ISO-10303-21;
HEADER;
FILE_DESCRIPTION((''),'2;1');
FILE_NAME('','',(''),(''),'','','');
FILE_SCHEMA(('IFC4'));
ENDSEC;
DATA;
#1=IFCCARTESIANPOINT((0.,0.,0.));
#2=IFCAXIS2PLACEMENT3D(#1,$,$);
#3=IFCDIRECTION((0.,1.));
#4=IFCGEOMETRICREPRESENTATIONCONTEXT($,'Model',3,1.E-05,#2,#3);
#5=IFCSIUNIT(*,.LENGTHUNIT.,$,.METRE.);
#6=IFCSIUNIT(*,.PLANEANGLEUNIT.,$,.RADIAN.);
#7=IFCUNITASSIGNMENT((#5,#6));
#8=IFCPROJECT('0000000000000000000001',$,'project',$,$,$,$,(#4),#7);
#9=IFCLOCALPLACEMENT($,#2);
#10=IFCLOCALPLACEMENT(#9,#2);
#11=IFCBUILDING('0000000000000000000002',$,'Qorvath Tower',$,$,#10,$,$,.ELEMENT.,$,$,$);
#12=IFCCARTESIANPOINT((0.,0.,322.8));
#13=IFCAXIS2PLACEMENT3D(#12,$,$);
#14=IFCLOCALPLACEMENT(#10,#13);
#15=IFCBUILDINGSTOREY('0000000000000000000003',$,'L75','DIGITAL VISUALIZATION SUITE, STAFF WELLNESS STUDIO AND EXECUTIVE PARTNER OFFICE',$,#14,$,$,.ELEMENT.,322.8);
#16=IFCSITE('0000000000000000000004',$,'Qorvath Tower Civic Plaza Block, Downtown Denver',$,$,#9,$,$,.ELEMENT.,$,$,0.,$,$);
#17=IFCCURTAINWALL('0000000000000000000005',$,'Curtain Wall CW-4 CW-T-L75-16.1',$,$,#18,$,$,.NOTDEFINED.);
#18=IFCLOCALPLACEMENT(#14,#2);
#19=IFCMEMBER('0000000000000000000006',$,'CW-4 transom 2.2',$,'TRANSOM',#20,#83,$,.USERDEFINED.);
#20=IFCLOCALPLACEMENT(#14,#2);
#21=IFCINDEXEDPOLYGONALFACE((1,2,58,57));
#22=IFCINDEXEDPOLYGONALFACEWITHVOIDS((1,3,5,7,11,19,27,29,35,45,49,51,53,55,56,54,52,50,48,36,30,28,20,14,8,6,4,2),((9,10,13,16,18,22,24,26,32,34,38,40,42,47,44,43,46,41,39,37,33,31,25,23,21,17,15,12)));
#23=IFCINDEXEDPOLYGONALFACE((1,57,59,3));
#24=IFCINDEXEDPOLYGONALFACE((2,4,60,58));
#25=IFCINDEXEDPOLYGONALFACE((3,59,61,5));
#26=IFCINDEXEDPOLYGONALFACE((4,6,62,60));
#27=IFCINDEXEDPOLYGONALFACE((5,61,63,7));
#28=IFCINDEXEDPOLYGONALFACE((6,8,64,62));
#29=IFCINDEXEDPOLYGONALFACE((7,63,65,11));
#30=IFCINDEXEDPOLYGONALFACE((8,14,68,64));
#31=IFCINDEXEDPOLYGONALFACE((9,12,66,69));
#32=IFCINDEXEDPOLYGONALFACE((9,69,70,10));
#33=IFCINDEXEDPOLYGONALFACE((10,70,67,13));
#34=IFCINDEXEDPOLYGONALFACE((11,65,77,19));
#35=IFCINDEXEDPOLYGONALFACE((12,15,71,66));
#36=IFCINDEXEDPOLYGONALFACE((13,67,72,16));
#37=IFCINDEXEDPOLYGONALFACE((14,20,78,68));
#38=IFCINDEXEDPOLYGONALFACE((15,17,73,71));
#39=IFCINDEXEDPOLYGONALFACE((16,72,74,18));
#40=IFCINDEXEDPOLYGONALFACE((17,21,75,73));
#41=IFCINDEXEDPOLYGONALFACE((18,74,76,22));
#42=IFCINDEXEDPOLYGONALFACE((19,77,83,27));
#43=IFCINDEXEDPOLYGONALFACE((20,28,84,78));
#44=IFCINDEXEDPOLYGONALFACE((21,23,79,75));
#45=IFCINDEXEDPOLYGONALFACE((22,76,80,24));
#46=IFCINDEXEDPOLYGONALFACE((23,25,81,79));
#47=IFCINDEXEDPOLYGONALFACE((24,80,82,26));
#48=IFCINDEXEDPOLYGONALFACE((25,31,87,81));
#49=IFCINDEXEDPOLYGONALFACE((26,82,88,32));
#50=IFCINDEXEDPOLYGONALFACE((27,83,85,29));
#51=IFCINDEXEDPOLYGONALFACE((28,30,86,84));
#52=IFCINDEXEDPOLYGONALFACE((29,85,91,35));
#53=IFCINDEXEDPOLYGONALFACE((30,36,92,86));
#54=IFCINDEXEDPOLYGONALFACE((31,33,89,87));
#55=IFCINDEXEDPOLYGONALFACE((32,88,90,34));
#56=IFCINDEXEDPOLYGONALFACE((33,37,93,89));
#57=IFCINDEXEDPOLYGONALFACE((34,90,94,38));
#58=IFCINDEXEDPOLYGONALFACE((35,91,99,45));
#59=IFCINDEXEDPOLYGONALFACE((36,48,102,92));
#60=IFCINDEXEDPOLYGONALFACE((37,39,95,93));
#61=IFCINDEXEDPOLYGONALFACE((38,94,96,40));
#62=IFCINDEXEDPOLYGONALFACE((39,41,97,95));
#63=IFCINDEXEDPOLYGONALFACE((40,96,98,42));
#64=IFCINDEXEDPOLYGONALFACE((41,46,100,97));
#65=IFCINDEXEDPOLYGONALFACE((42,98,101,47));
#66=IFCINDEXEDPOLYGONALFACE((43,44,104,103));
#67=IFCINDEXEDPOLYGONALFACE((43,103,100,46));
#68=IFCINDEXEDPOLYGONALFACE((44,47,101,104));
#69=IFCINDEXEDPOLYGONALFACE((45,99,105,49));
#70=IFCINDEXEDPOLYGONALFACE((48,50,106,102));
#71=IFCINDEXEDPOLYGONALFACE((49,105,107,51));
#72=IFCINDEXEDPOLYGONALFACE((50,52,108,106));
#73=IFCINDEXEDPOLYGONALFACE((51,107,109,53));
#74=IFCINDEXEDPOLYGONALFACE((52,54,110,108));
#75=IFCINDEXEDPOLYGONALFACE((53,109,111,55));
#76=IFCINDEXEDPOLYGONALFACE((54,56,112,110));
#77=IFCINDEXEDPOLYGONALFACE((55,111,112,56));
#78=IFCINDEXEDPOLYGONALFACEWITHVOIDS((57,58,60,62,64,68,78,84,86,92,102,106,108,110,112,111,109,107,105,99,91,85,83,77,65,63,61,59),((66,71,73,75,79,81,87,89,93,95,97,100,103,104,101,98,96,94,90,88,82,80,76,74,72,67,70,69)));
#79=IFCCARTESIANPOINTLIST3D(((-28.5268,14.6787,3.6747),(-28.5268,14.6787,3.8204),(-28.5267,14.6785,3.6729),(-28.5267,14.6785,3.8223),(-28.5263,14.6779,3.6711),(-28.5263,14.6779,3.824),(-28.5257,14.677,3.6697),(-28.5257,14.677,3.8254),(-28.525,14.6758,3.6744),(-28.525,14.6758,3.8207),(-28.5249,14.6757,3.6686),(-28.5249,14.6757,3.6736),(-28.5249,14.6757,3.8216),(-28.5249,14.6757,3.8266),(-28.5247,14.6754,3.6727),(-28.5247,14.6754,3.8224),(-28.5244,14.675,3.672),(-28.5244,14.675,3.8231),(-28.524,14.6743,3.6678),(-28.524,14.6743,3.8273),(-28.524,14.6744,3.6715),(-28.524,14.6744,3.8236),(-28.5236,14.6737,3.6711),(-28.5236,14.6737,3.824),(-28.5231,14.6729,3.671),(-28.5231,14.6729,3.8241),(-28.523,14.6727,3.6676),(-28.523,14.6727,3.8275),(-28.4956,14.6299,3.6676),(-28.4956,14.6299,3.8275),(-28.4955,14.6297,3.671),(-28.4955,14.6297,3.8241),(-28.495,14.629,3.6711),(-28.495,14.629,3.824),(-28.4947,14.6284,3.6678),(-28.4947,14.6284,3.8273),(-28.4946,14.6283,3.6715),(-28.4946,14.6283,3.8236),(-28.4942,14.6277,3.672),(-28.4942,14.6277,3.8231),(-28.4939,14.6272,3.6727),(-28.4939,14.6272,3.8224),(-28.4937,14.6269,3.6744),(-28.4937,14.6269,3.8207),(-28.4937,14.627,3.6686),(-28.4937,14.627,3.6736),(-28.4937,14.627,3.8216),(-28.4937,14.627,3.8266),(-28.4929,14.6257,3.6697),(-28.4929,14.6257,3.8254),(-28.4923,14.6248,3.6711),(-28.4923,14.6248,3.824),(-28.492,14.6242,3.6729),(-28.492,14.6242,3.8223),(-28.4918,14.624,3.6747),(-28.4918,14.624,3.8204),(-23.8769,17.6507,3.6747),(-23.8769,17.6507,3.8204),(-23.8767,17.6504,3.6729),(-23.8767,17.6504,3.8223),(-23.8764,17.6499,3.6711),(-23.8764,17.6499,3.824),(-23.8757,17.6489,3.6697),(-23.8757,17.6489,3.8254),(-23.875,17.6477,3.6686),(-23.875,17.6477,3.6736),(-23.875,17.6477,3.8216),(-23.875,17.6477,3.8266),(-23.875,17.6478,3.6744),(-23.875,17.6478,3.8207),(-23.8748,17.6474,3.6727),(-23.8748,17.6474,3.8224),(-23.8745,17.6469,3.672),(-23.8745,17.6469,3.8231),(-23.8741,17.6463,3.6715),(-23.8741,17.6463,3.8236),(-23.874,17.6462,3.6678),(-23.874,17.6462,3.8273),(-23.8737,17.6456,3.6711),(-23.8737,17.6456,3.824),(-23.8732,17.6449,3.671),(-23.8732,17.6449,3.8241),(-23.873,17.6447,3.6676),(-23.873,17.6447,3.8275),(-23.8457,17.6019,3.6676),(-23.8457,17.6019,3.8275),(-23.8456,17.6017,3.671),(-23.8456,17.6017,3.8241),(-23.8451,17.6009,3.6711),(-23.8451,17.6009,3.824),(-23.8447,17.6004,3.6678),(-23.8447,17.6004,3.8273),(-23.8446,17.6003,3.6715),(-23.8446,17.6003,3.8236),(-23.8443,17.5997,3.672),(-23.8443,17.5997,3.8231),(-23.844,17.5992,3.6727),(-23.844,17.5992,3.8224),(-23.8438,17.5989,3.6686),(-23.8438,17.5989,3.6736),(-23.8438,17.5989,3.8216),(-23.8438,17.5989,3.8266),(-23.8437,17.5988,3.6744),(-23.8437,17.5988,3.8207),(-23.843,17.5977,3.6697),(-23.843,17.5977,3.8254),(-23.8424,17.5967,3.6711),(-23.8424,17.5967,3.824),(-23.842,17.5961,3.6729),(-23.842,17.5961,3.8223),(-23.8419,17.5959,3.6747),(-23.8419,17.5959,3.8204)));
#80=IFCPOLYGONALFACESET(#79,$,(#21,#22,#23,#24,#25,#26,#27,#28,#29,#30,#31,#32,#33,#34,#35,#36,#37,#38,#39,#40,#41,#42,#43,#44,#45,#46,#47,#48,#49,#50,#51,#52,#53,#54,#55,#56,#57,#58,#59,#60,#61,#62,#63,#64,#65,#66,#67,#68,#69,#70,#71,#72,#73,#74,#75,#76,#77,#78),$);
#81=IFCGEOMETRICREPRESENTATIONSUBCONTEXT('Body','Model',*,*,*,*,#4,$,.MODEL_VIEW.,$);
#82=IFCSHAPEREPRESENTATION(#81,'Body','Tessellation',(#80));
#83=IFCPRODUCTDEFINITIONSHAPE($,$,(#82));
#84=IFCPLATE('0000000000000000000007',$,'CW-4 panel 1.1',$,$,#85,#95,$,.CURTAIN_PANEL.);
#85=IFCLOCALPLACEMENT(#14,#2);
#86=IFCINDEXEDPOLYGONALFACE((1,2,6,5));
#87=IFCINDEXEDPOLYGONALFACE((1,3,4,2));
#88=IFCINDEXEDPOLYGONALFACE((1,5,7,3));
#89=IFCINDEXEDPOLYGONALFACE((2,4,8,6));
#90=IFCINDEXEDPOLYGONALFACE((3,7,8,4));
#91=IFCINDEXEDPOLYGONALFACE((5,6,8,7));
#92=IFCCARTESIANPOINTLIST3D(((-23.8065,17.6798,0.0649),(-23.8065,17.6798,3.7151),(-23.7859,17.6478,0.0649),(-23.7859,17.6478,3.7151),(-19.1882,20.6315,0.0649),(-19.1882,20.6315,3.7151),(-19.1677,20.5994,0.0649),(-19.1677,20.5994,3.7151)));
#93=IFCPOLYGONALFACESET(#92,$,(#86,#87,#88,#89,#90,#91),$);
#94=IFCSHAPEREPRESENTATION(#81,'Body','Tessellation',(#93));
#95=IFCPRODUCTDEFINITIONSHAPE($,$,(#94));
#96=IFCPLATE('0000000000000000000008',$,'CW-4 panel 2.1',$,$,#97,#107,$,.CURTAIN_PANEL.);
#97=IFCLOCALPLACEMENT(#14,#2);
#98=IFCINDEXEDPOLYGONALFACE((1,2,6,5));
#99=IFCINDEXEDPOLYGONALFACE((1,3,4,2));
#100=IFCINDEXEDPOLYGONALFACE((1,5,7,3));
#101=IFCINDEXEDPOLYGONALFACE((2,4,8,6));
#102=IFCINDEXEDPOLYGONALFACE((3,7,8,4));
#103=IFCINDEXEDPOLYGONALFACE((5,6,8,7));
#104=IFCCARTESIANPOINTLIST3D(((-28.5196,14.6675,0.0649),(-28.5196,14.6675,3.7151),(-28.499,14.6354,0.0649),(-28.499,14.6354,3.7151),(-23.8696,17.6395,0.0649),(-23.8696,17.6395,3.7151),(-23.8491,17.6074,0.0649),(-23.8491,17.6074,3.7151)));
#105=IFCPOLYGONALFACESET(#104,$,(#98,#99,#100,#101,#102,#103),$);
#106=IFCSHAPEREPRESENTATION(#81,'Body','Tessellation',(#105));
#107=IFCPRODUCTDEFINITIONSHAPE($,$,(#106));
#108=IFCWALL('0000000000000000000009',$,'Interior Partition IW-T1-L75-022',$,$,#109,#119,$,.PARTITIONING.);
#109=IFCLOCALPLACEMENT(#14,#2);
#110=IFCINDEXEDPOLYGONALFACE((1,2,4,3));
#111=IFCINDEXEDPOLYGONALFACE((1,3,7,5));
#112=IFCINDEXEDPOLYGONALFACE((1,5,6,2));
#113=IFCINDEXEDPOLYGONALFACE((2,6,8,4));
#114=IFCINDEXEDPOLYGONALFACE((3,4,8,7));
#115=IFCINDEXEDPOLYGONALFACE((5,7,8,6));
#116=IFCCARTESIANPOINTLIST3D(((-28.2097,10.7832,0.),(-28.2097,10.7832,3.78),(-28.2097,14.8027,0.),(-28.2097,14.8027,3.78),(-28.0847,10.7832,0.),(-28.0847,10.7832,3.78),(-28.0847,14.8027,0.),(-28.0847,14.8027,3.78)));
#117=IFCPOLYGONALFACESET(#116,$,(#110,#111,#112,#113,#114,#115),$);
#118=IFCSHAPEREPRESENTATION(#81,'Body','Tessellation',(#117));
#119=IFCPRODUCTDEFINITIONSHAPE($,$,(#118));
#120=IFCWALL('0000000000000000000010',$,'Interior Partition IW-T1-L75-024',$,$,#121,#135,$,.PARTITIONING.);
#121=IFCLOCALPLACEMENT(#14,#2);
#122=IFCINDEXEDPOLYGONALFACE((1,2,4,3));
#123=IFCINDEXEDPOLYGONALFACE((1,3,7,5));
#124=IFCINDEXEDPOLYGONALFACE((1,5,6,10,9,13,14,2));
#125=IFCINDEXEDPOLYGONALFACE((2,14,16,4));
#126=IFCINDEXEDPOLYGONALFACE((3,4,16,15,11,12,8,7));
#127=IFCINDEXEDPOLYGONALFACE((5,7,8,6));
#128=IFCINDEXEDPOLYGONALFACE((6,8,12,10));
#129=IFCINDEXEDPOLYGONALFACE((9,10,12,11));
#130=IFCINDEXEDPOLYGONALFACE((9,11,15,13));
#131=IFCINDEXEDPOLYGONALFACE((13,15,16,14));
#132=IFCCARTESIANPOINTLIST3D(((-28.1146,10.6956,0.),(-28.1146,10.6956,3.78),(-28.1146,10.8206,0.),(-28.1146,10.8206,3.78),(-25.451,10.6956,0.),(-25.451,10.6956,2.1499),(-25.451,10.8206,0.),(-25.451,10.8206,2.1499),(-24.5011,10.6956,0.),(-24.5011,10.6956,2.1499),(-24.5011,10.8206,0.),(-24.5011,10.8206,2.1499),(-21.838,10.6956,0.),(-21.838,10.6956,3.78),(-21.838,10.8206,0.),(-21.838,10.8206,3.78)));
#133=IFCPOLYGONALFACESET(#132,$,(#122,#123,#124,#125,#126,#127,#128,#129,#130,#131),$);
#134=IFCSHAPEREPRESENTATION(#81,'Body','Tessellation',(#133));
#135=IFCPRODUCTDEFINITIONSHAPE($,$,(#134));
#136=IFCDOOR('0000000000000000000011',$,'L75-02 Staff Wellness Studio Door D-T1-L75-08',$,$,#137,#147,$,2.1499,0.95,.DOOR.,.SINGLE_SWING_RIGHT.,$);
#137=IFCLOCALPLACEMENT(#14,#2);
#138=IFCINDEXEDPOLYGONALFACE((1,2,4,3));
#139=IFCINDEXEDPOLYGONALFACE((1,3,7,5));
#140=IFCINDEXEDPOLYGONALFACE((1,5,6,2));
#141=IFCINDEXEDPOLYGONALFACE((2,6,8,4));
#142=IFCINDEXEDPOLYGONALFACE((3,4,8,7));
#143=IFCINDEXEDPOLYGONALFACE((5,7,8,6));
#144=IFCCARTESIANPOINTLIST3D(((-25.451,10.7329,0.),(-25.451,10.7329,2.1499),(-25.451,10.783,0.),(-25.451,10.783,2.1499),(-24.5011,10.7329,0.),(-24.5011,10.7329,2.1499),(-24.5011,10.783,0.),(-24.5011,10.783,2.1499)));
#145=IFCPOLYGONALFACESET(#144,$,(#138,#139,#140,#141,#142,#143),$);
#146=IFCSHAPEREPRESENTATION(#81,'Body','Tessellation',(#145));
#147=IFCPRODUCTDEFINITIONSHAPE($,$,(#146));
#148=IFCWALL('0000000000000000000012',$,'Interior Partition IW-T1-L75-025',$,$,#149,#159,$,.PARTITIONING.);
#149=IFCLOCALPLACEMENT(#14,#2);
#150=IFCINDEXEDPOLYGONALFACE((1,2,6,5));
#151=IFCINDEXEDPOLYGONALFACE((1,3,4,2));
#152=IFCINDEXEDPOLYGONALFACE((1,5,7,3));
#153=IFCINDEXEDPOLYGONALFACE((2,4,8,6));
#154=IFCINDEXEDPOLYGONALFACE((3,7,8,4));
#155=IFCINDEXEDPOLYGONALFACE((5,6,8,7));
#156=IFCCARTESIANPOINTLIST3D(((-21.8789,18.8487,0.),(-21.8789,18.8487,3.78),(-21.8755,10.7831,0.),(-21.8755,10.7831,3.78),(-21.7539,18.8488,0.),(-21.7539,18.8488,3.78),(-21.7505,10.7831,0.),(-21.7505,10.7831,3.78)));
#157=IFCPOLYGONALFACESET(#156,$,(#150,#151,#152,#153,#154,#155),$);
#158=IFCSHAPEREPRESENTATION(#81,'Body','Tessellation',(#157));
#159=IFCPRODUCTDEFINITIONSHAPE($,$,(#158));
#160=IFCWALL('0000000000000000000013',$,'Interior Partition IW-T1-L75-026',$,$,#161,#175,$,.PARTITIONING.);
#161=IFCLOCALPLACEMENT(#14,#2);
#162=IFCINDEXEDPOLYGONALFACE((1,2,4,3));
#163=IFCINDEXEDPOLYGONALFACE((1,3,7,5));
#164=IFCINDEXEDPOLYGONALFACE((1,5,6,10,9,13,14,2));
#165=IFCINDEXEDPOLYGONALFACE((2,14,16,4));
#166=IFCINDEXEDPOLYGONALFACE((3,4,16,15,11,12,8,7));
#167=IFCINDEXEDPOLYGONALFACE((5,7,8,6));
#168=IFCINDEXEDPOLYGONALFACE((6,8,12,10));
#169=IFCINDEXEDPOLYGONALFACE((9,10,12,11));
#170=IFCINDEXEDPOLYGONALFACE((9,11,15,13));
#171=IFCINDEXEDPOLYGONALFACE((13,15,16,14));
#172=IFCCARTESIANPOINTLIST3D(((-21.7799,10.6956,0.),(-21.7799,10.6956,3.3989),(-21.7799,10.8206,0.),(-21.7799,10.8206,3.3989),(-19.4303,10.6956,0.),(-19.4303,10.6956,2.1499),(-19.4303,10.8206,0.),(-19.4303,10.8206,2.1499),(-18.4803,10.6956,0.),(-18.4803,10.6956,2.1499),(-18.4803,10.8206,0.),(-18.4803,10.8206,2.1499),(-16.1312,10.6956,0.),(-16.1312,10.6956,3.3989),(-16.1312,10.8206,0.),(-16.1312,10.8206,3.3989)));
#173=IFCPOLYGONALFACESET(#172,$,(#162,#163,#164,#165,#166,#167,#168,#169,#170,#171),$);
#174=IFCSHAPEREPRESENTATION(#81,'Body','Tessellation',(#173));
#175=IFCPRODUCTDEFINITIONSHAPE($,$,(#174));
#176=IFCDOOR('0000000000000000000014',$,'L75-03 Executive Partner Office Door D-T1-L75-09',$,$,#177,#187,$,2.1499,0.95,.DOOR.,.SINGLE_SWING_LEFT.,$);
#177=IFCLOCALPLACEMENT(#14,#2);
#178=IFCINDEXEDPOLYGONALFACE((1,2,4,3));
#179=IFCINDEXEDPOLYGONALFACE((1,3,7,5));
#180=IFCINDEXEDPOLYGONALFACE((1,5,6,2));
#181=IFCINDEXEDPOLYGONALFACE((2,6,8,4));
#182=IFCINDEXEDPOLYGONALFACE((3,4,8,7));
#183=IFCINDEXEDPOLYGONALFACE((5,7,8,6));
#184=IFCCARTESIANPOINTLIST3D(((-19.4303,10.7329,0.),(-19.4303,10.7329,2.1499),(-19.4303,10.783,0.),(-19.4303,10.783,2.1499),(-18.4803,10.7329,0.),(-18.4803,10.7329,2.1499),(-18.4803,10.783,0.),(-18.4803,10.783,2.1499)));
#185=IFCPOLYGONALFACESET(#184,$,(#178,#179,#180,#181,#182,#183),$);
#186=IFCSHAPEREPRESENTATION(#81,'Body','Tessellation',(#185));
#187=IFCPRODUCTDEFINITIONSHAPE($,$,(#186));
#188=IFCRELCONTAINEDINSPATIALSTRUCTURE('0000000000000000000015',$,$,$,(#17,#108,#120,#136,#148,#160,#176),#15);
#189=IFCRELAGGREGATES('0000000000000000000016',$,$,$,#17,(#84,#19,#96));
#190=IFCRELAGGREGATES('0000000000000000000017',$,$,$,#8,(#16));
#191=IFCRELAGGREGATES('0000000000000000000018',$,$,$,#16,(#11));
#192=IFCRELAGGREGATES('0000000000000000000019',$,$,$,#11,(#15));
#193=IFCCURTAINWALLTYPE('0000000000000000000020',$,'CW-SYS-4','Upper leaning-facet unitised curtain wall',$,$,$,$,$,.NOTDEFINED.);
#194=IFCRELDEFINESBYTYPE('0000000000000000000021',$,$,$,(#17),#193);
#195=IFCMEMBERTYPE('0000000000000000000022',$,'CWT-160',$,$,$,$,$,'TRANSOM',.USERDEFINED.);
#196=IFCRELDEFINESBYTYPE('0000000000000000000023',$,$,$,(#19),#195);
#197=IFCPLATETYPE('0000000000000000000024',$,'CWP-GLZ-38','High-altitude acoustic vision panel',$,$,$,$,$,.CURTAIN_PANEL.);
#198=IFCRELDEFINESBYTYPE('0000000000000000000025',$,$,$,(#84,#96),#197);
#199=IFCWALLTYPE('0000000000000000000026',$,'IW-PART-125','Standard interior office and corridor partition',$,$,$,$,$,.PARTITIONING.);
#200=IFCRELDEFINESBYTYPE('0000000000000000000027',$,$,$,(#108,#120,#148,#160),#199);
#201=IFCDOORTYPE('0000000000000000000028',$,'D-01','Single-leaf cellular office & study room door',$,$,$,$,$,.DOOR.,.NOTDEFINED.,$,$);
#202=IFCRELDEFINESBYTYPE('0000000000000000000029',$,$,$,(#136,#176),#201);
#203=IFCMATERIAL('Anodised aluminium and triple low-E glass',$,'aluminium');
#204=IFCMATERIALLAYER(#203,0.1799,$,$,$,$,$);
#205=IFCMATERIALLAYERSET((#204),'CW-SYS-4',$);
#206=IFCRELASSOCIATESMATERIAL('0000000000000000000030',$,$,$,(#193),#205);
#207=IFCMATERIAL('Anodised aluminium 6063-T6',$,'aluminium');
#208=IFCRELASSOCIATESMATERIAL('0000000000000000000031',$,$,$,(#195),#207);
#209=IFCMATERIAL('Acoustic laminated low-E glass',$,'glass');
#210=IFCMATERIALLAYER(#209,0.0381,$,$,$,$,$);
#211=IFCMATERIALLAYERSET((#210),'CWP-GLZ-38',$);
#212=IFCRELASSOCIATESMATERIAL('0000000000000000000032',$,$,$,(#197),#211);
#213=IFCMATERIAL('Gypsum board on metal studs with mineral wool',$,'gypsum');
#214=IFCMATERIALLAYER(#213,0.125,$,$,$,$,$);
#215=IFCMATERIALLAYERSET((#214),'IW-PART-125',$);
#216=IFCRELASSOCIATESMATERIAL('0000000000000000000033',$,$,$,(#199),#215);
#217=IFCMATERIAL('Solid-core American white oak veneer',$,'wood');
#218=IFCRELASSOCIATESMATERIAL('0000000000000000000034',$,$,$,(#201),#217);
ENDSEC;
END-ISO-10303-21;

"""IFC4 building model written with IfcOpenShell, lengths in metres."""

from ifc_helpers import new_model, si_unit, direction, frame, frame_2d, origin, origin_2d, place, context, subcontext, project, spatial, rectangle, hollow_rectangle, extrude, material, layer, layer_set, material_profile, profile_set, type_object, element, fill, aggregate, save


model = new_model("IFC4")

# Units and contexts
model_context = context("Model", 3, precision=1e-05, world=origin(), true_north=direction((0.0, 1.0)))
body_context = subcontext(model_context, "Body", "Model", "MODEL_VIEW")
ifc_project = project(units=[si_unit("LENGTHUNIT", "METRE"), si_unit("PLANEANGLEUNIT", "RADIAN")], contexts=[model_context])

# Site, building, storey
site_placement = place(None, origin())
site = spatial("IfcSite", under=ifc_project, at=site_placement, Name="Qorvath Tower Civic Plaza Block, Downtown Denver", CompositionType="ELEMENT", RefElevation=0.0)
building_placement = place(site_placement, origin())
building = spatial("IfcBuilding", under=site, at=building_placement, Name="Qorvath Tower", CompositionType="ELEMENT")
storey_placement = place(building_placement, frame((0.0, 0.0, 322.8)))
storey = spatial("IfcBuildingStorey", under=building, at=storey_placement, Name="L75", Description="DIGITAL VISUALIZATION SUITE, STAFF WELLNESS STUDIO AND EXECUTIVE PARTNER OFFICE", CompositionType="ELEMENT", Elevation=322.8)

# Curtain wall, member, plates
ifc_material_1 = material(Name="Anodised aluminium and triple low-E glass", Category="aluminium")
ifc_layer_1 = layer(ifc_material_1, 0.1799)
ifc_layer_set_1 = layer_set([ifc_layer_1], Name="CW-SYS-4")
curtain_wall_type = type_object("IfcCurtainWallType", Name="CW-SYS-4", Description="Upper leaning-facet unitised curtain wall", PredefinedType="NOTDEFINED", material=ifc_layer_set_1)
curtain_wall_placement = place(storey_placement, origin())
curtain_wall = element("IfcCurtainWall", 1, at=curtain_wall_placement, inside=storey, type_object=curtain_wall_type, Name="Curtain Wall CW-4 CW-T-L75-16.1", PredefinedType="NOTDEFINED")
ifc_material_2 = material(Name="Anodised aluminium 6063-T6", Category="aluminium")
ifc_material_profile_1 = material_profile(ifc_material_2, hollow_rectangle(XDim=0.0649, YDim=0.1599, WallThickness=0.0034, InnerFilletRadius=0.0034, OuterFilletRadius=0.0071, at=origin_2d()), Name="CWT 160x65")
ifc_profile_set_1 = profile_set([ifc_material_profile_1], Name="Anodised aluminium 6063-T6")
member_type_1 = type_object("IfcMemberType", Name="CWT-160", ElementType="TRANSOM", PredefinedType="USERDEFINED", material=ifc_profile_set_1)
member_1_placement = place(storey_placement, frame((-23.8594, 17.6233, 3.7476), z_axis=(-0.842601, -0.538538, 0.0), x_axis=(0.538538, -0.842601, 0.0)))
member_1 = element("IfcMember", 2, at=member_1_placement, type_object=member_type_1, Name="CW-4 transom 2.2", ObjectType="TRANSOM", PredefinedType="USERDEFINED", context=body_context, shape_type="SweptSolid", body=[
    extrude(hollow_rectangle(XDim=0.0649, YDim=0.1599, WallThickness=0.0034, InnerFilletRadius=0.0034, OuterFilletRadius=0.0071, at=origin_2d()), origin(), (0.0, 0.0, 1.0), 5.5186),
])
ifc_material_3 = material(Name="Acoustic laminated low-E glass", Category="glass")
ifc_layer_2 = layer(ifc_material_3, 0.0381)
ifc_layer_set_2 = layer_set([ifc_layer_2], Name="CWP-GLZ-38")
plate_type = type_object("IfcPlateType", Name="CWP-GLZ-38", Description="High-altitude acoustic vision panel", PredefinedType="CURTAIN_PANEL", material=ifc_layer_set_2)
plate_1_placement = place(storey_placement, frame((-21.4871, 19.1396, 0.0649), z_axis=(0.0, 0.0, 1.0), x_axis=(-0.842603, -0.538536, 0.0)))
plate_1 = element("IfcPlate", 3, at=plate_1_placement, type_object=plate_type, Name="CW-4 panel 1.1", PredefinedType="CURTAIN_PANEL", context=body_context, shape_type="SweptSolid", body=[
    extrude(rectangle(XDim=5.481, YDim=0.0381, at=origin_2d()), origin(), (0.0, 0.0, 1.0), 3.6501),
])
plate_2_placement = place(storey_placement, frame((-26.1843, 16.1375, 0.0649), z_axis=(0.0, 0.0, 1.0), x_axis=(-0.842603, -0.538536, 0.0)))
plate_2 = element("IfcPlate", 4, at=plate_2_placement, type_object=plate_type, Name="CW-4 panel 2.1", PredefinedType="CURTAIN_PANEL", context=body_context, shape_type="SweptSolid", body=[
    extrude(rectangle(XDim=5.5186, YDim=0.0381, at=origin_2d()), origin(), (0.0, 0.0, 1.0), 3.6501),
])
aggregate(curtain_wall, [plate_1, member_1, plate_2])

# Wall
ifc_material_4 = material(Name="Gypsum board on metal studs with mineral wool", Category="gypsum")
ifc_layer_3 = layer(ifc_material_4, 0.125)
ifc_layer_set_3 = layer_set([ifc_layer_3], Name="IW-PART-125")
wall_type_1 = type_object("IfcWallType", Name="IW-PART-125", Description="Standard interior office and corridor partition", PredefinedType="PARTITIONING", material=ifc_layer_set_3)
wall_1_placement = place(storey_placement, frame((-28.1472, 10.7832, 0.0), z_axis=(0.0, 0.0, 1.0), x_axis=(0.0, 1.0, 0.0)))
element("IfcWall", 5, at=wall_1_placement, inside=storey, type_object=wall_type_1, Name="Interior Partition IW-T1-L75-022", PredefinedType="PARTITIONING", context=body_context, shape_type="SweptSolid", body=[
    extrude(rectangle(XDim=4.0195, YDim=0.125, at=frame_2d((2.0098, 0.0))), origin(), (0.0, 0.0, 1.0), 3.78),
])

# Wall, opening, door
wall_2_placement = place(storey_placement, frame((-28.1145, 10.7581, 0.0), z_axis=(0.0, 0.0, 1.0), x_axis=(1.0, 0.0, 0.0)))
wall_2 = element("IfcWall", 6, at=wall_2_placement, inside=storey, type_object=wall_type_1, Name="Interior Partition IW-T1-L75-024", PredefinedType="PARTITIONING", context=body_context, shape_type="SweptSolid", body=[
    extrude(rectangle(XDim=6.2766, YDim=0.125, at=frame_2d((3.1382, 0.0))), origin(), (0.0, 0.0, 1.0), 3.78),
])
opening_1_placement = place(wall_2_placement, frame((2.6633, 0.0, 0.0)))
opening_1 = element("IfcOpeningElement", 7, at=opening_1_placement, cuts=wall_2, PredefinedType="OPENING", context=body_context, shape_type="SweptSolid", body=[
    extrude(rectangle(XDim=0.95, YDim=2.1499, at=frame_2d((0.4751, 1.075))), frame((0.0, 0.0725, 0.0), z_axis=(0.0, -1.0, 0.0), x_axis=(1.0, 0.0, 0.0)), (0.0, 0.0, 1.0), 0.145),
])
ifc_material_5 = material(Name="Solid-core American white oak veneer", Category="wood")
door_type_1 = type_object("IfcDoorType", Name="D-01", Description="Single-leaf cellular office & study room door", OperationType="NOTDEFINED", PredefinedType="DOOR", material=ifc_material_5)
door_1_placement = place(opening_1_placement, origin())
door_1 = element("IfcDoor", 8, at=door_1_placement, inside=storey, type_object=door_type_1, Name="L75-02 Staff Wellness Studio Door D-T1-L75-08", OperationType="SINGLE_SWING_RIGHT", OverallHeight=2.1499, OverallWidth=0.95, PredefinedType="DOOR", context=body_context, shape_type="SweptSolid", body=[
    extrude(rectangle(XDim=0.95, YDim=2.1499, at=frame_2d((0.4751, 1.075))), frame((0.0, 0.0249, 0.0), z_axis=(0.0, -1.0, 0.0), x_axis=(1.0, 0.0, 0.0)), (0.0, 0.0, 1.0), 0.05),
])
fill(opening_1, door_1)

# Wall
wall_3_placement = place(storey_placement, frame((-21.813, 10.7832, 0.0), z_axis=(0.0, 0.0, 1.0), x_axis=(-0.000424, 1.0, 0.0)))
element("IfcWall", 9, at=wall_3_placement, inside=storey, type_object=wall_type_1, Name="Interior Partition IW-T1-L75-025", PredefinedType="PARTITIONING", context=body_context, shape_type="SweptSolid", body=[
    extrude(rectangle(XDim=8.0657, YDim=0.125, at=frame_2d((4.0327, 0.0))), origin(), (0.0, 0.0, 1.0), 3.78),
])

# Wall, opening, door
wall_4_placement = place(storey_placement, frame((-21.7798, 10.7581, 0.0), z_axis=(0.0, 0.0, 1.0), x_axis=(1.0, 0.0, 0.0)))
wall_4 = element("IfcWall", 10, at=wall_4_placement, inside=storey, type_object=wall_type_1, Name="Interior Partition IW-T1-L75-026", PredefinedType="PARTITIONING", context=body_context, shape_type="SweptSolid", body=[
    extrude(rectangle(XDim=5.6487, YDim=0.125, at=frame_2d((2.8242, 0.0))), origin(), (0.0, 0.0, 1.0), 3.3989),
])
opening_2_placement = place(wall_4_placement, frame((2.3494, 0.0, 0.0)))
opening_2 = element("IfcOpeningElement", 11, at=opening_2_placement, cuts=wall_4, PredefinedType="OPENING", context=body_context, shape_type="SweptSolid", body=[
    extrude(rectangle(XDim=0.95, YDim=2.1499, at=frame_2d((0.4751, 1.075))), frame((0.0, 0.0725, 0.0), z_axis=(0.0, -1.0, 0.0), x_axis=(1.0, 0.0, 0.0)), (0.0, 0.0, 1.0), 0.145),
])
door_2_placement = place(opening_2_placement, origin())
door_2 = element("IfcDoor", 12, at=door_2_placement, inside=storey, type_object=door_type_1, Name="L75-03 Executive Partner Office Door D-T1-L75-09", OperationType="SINGLE_SWING_LEFT", OverallHeight=2.1499, OverallWidth=0.95, PredefinedType="DOOR", context=body_context, shape_type="SweptSolid", body=[
    extrude(rectangle(XDim=0.95, YDim=2.1499, at=frame_2d((0.4751, 1.075))), frame((0.0, 0.0249, 0.0), z_axis=(0.0, -1.0, 0.0), x_axis=(1.0, 0.0, 0.0)), (0.0, 0.0, 1.0), 0.05),
])
fill(opening_2, door_2)

save(model, "model.ifc")
